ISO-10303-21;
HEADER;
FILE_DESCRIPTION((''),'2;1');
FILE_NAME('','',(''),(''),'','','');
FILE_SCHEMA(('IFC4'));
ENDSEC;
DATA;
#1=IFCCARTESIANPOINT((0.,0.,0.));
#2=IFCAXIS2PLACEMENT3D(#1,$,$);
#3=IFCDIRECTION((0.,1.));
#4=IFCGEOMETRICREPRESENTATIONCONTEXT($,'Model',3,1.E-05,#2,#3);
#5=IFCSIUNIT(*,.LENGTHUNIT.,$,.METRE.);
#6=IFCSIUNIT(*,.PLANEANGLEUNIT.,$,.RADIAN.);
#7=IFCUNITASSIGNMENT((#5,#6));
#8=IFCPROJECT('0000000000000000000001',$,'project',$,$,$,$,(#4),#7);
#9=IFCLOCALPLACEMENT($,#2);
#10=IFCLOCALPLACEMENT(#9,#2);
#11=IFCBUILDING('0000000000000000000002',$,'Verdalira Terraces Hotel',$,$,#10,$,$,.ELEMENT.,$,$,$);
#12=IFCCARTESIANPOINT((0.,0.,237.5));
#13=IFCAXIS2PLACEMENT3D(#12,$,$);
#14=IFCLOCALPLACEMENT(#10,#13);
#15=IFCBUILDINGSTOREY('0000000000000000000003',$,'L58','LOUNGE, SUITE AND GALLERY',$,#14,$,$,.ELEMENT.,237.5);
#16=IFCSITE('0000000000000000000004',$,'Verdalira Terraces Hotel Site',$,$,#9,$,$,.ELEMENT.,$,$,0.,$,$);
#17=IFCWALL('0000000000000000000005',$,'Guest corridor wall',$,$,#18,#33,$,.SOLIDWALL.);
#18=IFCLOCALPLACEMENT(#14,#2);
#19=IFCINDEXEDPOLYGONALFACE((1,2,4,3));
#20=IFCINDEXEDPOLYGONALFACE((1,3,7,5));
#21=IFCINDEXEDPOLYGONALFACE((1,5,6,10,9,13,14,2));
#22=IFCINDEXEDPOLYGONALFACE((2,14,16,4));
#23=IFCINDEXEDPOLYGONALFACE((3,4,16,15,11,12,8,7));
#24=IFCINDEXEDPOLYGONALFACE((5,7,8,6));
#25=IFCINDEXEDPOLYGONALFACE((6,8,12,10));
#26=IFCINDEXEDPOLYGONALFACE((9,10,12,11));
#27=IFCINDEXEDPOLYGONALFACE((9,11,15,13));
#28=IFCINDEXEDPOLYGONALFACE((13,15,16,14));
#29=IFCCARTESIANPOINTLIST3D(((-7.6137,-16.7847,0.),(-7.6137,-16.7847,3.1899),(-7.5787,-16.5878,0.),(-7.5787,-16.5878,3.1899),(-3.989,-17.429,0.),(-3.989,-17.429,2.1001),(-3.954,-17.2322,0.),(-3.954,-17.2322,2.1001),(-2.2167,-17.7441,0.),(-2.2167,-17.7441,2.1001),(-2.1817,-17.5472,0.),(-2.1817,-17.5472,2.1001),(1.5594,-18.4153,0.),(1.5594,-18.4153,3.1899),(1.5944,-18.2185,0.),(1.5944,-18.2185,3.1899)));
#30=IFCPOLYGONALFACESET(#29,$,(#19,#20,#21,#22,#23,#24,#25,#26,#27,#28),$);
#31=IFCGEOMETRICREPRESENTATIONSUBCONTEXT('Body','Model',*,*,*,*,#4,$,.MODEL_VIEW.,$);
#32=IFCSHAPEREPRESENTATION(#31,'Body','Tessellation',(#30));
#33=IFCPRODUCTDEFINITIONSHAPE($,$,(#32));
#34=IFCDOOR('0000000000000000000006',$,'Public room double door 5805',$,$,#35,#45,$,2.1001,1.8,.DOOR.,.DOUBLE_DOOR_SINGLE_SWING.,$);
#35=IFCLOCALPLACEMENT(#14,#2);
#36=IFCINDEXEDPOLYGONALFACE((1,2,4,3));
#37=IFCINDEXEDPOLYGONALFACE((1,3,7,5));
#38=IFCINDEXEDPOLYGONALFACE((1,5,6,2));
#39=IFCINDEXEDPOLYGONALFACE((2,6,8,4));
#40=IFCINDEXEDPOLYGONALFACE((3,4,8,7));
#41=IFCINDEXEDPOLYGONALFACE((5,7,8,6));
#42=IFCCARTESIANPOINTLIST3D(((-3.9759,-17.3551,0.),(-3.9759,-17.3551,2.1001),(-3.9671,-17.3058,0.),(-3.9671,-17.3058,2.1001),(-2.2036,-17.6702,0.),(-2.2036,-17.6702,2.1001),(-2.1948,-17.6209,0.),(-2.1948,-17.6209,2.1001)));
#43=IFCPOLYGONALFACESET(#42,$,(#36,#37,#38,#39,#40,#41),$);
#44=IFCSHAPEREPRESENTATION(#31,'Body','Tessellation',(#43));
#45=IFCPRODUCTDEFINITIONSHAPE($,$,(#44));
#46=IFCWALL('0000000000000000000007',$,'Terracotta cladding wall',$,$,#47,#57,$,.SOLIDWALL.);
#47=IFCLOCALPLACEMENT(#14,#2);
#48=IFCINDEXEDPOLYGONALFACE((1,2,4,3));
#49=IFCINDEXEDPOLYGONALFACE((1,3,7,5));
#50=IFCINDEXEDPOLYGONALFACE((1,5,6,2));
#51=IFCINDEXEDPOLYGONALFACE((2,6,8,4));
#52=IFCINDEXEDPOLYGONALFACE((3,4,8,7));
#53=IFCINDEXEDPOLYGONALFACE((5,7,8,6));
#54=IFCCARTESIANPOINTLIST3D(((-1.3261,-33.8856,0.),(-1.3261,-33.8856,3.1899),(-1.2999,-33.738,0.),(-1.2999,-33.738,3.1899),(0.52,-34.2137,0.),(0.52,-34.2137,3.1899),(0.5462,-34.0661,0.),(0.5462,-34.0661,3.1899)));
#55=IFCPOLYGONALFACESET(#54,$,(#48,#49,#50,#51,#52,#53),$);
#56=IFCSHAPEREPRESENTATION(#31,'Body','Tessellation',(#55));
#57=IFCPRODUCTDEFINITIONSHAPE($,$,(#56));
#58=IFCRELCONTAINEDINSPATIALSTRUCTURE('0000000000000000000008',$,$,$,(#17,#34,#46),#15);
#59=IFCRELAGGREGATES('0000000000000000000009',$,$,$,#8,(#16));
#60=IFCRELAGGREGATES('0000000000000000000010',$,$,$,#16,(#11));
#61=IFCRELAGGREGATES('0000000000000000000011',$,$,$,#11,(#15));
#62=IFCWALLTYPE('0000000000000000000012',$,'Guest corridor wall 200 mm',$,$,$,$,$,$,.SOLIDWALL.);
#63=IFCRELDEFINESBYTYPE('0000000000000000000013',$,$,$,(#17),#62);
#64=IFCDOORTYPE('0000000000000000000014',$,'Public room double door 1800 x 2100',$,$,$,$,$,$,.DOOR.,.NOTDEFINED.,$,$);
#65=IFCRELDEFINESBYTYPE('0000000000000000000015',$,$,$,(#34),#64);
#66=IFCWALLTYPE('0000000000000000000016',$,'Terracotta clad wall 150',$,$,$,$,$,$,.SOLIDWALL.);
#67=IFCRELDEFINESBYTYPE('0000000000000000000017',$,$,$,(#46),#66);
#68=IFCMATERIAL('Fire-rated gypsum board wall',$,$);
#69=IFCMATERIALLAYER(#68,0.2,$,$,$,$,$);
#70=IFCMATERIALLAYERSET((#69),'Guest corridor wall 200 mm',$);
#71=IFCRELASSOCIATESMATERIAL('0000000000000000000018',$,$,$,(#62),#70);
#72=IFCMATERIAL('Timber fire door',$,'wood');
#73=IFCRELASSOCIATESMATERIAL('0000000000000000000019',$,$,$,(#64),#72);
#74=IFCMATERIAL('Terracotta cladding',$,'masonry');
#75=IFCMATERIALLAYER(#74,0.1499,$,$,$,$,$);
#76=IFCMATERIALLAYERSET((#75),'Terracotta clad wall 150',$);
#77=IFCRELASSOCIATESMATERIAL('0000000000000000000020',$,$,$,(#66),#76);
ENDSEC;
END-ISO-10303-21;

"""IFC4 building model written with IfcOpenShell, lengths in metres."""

from ifc_helpers import new_model, si_unit, direction, frame, frame_2d, origin, place, context, subcontext, project, spatial, rectangle, extrude, material, layer, layer_set, type_object, element, fill, save


model = new_model("IFC4")

# Units and contexts
model_context = context("Model", 3, precision=1e-05, world=origin(), true_north=direction((0.0, 1.0)))
body_context = subcontext(model_context, "Body", "Model", "MODEL_VIEW")
ifc_project = project(units=[si_unit("LENGTHUNIT", "METRE"), si_unit("PLANEANGLEUNIT", "RADIAN")], contexts=[model_context])

# Site, building, storey
site_placement = place(None, origin())
site = spatial("IfcSite", under=ifc_project, at=site_placement, Name="Verdalira Terraces Hotel Site", CompositionType="ELEMENT", RefElevation=0.0)
building_placement = place(site_placement, origin())
building = spatial("IfcBuilding", under=site, at=building_placement, Name="Verdalira Terraces Hotel", CompositionType="ELEMENT")
storey_placement = place(building_placement, frame((0.0, 0.0, 237.5)))
storey = spatial("IfcBuildingStorey", under=building, at=storey_placement, Name="L58", Description="LOUNGE, SUITE AND GALLERY", CompositionType="ELEMENT", Elevation=237.5)

# Wall, opening, door
ifc_material_1 = material(Name="Fire-rated gypsum board wall")
ifc_layer_1 = layer(ifc_material_1, 0.2)
ifc_layer_set_1 = layer_set([ifc_layer_1], Name="Guest corridor wall 200 mm")
wall_type_1 = type_object("IfcWallType", Name="Guest corridor wall 200 mm", PredefinedType="SOLIDWALL", material=ifc_layer_set_1)
wall_1_placement = place(storey_placement, frame((1.5769, -18.3169, 0.0), z_axis=(0.0, 0.0, 1.0), x_axis=(-0.984565, 0.175017, 0.0)))
wall_1 = element("IfcWall", 1, at=wall_1_placement, inside=storey, type_object=wall_type_1, Name="Guest corridor wall", PredefinedType="SOLIDWALL", context=body_context, shape_type="SweptSolid", body=[
    extrude(rectangle(XDim=9.3169, YDim=0.2, at=frame_2d((4.6584, 0.0))), origin(), (0.0, 0.0, 1.0), 3.1899),
])
opening_1_placement = place(wall_1_placement, frame((3.8354, 0.0, 0.0)))
opening_1 = element("IfcOpeningElement", 2, at=opening_1_placement, cuts=wall_1, PredefinedType="OPENING", context=body_context, shape_type="SweptSolid", body=[
    extrude(rectangle(XDim=1.8, YDim=2.1001, at=frame_2d((0.8999, 1.05))), frame((0.0, 0.1099, 0.0), z_axis=(0.0, -1.0, 0.0), x_axis=(1.0, 0.0, 0.0)), (0.0, 0.0, 1.0), 0.22),
])
ifc_material_2 = material(Name="Timber fire door", Category="wood")
door_type_1 = type_object("IfcDoorType", Name="Public room double door 1800 x 2100", OperationType="NOTDEFINED", PredefinedType="DOOR", material=ifc_material_2)
door_1_placement = place(opening_1_placement, origin())
door_1 = element("IfcDoor", 3, at=door_1_placement, inside=storey, type_object=door_type_1, Name="Public room double door 5805", OperationType="DOUBLE_DOOR_SINGLE_SWING", OverallHeight=2.1001, OverallWidth=1.8, PredefinedType="DOOR", context=body_context, shape_type="SweptSolid", body=[
    extrude(rectangle(XDim=1.8, YDim=2.1001, at=frame_2d((0.8999, 1.05))), frame((0.0, 0.0249, 0.0), z_axis=(0.0, -1.0, 0.0), x_axis=(1.0, 0.0, 0.0)), (0.0, 0.0, 1.0), 0.05),
])
fill(opening_1, door_1)

# Wall
ifc_material_3 = material(Name="Terracotta cladding", Category="masonry")
ifc_layer_2 = layer(ifc_material_3, 0.1499)
ifc_layer_set_2 = layer_set([ifc_layer_2], Name="Terracotta clad wall 150")
wall_type_2 = type_object("IfcWallType", Name="Terracotta clad wall 150", PredefinedType="SOLIDWALL", material=ifc_layer_set_2)
wall_2_placement = place(storey_placement, frame((-1.313, -33.8118, 0.0), z_axis=(0.0, 0.0, 1.0), x_axis=(0.984566, -0.175011, 0.0)))
element("IfcWall", 4, at=wall_2_placement, inside=storey, type_object=wall_type_2, Name="Terracotta cladding wall", PredefinedType="SOLIDWALL", context=body_context, shape_type="SweptSolid", body=[
    extrude(rectangle(XDim=1.875, YDim=0.1499, at=frame_2d((0.9375, 0.0))), origin(), (0.0, 0.0, 1.0), 3.1899),
])

save(model, "model.ifc")
